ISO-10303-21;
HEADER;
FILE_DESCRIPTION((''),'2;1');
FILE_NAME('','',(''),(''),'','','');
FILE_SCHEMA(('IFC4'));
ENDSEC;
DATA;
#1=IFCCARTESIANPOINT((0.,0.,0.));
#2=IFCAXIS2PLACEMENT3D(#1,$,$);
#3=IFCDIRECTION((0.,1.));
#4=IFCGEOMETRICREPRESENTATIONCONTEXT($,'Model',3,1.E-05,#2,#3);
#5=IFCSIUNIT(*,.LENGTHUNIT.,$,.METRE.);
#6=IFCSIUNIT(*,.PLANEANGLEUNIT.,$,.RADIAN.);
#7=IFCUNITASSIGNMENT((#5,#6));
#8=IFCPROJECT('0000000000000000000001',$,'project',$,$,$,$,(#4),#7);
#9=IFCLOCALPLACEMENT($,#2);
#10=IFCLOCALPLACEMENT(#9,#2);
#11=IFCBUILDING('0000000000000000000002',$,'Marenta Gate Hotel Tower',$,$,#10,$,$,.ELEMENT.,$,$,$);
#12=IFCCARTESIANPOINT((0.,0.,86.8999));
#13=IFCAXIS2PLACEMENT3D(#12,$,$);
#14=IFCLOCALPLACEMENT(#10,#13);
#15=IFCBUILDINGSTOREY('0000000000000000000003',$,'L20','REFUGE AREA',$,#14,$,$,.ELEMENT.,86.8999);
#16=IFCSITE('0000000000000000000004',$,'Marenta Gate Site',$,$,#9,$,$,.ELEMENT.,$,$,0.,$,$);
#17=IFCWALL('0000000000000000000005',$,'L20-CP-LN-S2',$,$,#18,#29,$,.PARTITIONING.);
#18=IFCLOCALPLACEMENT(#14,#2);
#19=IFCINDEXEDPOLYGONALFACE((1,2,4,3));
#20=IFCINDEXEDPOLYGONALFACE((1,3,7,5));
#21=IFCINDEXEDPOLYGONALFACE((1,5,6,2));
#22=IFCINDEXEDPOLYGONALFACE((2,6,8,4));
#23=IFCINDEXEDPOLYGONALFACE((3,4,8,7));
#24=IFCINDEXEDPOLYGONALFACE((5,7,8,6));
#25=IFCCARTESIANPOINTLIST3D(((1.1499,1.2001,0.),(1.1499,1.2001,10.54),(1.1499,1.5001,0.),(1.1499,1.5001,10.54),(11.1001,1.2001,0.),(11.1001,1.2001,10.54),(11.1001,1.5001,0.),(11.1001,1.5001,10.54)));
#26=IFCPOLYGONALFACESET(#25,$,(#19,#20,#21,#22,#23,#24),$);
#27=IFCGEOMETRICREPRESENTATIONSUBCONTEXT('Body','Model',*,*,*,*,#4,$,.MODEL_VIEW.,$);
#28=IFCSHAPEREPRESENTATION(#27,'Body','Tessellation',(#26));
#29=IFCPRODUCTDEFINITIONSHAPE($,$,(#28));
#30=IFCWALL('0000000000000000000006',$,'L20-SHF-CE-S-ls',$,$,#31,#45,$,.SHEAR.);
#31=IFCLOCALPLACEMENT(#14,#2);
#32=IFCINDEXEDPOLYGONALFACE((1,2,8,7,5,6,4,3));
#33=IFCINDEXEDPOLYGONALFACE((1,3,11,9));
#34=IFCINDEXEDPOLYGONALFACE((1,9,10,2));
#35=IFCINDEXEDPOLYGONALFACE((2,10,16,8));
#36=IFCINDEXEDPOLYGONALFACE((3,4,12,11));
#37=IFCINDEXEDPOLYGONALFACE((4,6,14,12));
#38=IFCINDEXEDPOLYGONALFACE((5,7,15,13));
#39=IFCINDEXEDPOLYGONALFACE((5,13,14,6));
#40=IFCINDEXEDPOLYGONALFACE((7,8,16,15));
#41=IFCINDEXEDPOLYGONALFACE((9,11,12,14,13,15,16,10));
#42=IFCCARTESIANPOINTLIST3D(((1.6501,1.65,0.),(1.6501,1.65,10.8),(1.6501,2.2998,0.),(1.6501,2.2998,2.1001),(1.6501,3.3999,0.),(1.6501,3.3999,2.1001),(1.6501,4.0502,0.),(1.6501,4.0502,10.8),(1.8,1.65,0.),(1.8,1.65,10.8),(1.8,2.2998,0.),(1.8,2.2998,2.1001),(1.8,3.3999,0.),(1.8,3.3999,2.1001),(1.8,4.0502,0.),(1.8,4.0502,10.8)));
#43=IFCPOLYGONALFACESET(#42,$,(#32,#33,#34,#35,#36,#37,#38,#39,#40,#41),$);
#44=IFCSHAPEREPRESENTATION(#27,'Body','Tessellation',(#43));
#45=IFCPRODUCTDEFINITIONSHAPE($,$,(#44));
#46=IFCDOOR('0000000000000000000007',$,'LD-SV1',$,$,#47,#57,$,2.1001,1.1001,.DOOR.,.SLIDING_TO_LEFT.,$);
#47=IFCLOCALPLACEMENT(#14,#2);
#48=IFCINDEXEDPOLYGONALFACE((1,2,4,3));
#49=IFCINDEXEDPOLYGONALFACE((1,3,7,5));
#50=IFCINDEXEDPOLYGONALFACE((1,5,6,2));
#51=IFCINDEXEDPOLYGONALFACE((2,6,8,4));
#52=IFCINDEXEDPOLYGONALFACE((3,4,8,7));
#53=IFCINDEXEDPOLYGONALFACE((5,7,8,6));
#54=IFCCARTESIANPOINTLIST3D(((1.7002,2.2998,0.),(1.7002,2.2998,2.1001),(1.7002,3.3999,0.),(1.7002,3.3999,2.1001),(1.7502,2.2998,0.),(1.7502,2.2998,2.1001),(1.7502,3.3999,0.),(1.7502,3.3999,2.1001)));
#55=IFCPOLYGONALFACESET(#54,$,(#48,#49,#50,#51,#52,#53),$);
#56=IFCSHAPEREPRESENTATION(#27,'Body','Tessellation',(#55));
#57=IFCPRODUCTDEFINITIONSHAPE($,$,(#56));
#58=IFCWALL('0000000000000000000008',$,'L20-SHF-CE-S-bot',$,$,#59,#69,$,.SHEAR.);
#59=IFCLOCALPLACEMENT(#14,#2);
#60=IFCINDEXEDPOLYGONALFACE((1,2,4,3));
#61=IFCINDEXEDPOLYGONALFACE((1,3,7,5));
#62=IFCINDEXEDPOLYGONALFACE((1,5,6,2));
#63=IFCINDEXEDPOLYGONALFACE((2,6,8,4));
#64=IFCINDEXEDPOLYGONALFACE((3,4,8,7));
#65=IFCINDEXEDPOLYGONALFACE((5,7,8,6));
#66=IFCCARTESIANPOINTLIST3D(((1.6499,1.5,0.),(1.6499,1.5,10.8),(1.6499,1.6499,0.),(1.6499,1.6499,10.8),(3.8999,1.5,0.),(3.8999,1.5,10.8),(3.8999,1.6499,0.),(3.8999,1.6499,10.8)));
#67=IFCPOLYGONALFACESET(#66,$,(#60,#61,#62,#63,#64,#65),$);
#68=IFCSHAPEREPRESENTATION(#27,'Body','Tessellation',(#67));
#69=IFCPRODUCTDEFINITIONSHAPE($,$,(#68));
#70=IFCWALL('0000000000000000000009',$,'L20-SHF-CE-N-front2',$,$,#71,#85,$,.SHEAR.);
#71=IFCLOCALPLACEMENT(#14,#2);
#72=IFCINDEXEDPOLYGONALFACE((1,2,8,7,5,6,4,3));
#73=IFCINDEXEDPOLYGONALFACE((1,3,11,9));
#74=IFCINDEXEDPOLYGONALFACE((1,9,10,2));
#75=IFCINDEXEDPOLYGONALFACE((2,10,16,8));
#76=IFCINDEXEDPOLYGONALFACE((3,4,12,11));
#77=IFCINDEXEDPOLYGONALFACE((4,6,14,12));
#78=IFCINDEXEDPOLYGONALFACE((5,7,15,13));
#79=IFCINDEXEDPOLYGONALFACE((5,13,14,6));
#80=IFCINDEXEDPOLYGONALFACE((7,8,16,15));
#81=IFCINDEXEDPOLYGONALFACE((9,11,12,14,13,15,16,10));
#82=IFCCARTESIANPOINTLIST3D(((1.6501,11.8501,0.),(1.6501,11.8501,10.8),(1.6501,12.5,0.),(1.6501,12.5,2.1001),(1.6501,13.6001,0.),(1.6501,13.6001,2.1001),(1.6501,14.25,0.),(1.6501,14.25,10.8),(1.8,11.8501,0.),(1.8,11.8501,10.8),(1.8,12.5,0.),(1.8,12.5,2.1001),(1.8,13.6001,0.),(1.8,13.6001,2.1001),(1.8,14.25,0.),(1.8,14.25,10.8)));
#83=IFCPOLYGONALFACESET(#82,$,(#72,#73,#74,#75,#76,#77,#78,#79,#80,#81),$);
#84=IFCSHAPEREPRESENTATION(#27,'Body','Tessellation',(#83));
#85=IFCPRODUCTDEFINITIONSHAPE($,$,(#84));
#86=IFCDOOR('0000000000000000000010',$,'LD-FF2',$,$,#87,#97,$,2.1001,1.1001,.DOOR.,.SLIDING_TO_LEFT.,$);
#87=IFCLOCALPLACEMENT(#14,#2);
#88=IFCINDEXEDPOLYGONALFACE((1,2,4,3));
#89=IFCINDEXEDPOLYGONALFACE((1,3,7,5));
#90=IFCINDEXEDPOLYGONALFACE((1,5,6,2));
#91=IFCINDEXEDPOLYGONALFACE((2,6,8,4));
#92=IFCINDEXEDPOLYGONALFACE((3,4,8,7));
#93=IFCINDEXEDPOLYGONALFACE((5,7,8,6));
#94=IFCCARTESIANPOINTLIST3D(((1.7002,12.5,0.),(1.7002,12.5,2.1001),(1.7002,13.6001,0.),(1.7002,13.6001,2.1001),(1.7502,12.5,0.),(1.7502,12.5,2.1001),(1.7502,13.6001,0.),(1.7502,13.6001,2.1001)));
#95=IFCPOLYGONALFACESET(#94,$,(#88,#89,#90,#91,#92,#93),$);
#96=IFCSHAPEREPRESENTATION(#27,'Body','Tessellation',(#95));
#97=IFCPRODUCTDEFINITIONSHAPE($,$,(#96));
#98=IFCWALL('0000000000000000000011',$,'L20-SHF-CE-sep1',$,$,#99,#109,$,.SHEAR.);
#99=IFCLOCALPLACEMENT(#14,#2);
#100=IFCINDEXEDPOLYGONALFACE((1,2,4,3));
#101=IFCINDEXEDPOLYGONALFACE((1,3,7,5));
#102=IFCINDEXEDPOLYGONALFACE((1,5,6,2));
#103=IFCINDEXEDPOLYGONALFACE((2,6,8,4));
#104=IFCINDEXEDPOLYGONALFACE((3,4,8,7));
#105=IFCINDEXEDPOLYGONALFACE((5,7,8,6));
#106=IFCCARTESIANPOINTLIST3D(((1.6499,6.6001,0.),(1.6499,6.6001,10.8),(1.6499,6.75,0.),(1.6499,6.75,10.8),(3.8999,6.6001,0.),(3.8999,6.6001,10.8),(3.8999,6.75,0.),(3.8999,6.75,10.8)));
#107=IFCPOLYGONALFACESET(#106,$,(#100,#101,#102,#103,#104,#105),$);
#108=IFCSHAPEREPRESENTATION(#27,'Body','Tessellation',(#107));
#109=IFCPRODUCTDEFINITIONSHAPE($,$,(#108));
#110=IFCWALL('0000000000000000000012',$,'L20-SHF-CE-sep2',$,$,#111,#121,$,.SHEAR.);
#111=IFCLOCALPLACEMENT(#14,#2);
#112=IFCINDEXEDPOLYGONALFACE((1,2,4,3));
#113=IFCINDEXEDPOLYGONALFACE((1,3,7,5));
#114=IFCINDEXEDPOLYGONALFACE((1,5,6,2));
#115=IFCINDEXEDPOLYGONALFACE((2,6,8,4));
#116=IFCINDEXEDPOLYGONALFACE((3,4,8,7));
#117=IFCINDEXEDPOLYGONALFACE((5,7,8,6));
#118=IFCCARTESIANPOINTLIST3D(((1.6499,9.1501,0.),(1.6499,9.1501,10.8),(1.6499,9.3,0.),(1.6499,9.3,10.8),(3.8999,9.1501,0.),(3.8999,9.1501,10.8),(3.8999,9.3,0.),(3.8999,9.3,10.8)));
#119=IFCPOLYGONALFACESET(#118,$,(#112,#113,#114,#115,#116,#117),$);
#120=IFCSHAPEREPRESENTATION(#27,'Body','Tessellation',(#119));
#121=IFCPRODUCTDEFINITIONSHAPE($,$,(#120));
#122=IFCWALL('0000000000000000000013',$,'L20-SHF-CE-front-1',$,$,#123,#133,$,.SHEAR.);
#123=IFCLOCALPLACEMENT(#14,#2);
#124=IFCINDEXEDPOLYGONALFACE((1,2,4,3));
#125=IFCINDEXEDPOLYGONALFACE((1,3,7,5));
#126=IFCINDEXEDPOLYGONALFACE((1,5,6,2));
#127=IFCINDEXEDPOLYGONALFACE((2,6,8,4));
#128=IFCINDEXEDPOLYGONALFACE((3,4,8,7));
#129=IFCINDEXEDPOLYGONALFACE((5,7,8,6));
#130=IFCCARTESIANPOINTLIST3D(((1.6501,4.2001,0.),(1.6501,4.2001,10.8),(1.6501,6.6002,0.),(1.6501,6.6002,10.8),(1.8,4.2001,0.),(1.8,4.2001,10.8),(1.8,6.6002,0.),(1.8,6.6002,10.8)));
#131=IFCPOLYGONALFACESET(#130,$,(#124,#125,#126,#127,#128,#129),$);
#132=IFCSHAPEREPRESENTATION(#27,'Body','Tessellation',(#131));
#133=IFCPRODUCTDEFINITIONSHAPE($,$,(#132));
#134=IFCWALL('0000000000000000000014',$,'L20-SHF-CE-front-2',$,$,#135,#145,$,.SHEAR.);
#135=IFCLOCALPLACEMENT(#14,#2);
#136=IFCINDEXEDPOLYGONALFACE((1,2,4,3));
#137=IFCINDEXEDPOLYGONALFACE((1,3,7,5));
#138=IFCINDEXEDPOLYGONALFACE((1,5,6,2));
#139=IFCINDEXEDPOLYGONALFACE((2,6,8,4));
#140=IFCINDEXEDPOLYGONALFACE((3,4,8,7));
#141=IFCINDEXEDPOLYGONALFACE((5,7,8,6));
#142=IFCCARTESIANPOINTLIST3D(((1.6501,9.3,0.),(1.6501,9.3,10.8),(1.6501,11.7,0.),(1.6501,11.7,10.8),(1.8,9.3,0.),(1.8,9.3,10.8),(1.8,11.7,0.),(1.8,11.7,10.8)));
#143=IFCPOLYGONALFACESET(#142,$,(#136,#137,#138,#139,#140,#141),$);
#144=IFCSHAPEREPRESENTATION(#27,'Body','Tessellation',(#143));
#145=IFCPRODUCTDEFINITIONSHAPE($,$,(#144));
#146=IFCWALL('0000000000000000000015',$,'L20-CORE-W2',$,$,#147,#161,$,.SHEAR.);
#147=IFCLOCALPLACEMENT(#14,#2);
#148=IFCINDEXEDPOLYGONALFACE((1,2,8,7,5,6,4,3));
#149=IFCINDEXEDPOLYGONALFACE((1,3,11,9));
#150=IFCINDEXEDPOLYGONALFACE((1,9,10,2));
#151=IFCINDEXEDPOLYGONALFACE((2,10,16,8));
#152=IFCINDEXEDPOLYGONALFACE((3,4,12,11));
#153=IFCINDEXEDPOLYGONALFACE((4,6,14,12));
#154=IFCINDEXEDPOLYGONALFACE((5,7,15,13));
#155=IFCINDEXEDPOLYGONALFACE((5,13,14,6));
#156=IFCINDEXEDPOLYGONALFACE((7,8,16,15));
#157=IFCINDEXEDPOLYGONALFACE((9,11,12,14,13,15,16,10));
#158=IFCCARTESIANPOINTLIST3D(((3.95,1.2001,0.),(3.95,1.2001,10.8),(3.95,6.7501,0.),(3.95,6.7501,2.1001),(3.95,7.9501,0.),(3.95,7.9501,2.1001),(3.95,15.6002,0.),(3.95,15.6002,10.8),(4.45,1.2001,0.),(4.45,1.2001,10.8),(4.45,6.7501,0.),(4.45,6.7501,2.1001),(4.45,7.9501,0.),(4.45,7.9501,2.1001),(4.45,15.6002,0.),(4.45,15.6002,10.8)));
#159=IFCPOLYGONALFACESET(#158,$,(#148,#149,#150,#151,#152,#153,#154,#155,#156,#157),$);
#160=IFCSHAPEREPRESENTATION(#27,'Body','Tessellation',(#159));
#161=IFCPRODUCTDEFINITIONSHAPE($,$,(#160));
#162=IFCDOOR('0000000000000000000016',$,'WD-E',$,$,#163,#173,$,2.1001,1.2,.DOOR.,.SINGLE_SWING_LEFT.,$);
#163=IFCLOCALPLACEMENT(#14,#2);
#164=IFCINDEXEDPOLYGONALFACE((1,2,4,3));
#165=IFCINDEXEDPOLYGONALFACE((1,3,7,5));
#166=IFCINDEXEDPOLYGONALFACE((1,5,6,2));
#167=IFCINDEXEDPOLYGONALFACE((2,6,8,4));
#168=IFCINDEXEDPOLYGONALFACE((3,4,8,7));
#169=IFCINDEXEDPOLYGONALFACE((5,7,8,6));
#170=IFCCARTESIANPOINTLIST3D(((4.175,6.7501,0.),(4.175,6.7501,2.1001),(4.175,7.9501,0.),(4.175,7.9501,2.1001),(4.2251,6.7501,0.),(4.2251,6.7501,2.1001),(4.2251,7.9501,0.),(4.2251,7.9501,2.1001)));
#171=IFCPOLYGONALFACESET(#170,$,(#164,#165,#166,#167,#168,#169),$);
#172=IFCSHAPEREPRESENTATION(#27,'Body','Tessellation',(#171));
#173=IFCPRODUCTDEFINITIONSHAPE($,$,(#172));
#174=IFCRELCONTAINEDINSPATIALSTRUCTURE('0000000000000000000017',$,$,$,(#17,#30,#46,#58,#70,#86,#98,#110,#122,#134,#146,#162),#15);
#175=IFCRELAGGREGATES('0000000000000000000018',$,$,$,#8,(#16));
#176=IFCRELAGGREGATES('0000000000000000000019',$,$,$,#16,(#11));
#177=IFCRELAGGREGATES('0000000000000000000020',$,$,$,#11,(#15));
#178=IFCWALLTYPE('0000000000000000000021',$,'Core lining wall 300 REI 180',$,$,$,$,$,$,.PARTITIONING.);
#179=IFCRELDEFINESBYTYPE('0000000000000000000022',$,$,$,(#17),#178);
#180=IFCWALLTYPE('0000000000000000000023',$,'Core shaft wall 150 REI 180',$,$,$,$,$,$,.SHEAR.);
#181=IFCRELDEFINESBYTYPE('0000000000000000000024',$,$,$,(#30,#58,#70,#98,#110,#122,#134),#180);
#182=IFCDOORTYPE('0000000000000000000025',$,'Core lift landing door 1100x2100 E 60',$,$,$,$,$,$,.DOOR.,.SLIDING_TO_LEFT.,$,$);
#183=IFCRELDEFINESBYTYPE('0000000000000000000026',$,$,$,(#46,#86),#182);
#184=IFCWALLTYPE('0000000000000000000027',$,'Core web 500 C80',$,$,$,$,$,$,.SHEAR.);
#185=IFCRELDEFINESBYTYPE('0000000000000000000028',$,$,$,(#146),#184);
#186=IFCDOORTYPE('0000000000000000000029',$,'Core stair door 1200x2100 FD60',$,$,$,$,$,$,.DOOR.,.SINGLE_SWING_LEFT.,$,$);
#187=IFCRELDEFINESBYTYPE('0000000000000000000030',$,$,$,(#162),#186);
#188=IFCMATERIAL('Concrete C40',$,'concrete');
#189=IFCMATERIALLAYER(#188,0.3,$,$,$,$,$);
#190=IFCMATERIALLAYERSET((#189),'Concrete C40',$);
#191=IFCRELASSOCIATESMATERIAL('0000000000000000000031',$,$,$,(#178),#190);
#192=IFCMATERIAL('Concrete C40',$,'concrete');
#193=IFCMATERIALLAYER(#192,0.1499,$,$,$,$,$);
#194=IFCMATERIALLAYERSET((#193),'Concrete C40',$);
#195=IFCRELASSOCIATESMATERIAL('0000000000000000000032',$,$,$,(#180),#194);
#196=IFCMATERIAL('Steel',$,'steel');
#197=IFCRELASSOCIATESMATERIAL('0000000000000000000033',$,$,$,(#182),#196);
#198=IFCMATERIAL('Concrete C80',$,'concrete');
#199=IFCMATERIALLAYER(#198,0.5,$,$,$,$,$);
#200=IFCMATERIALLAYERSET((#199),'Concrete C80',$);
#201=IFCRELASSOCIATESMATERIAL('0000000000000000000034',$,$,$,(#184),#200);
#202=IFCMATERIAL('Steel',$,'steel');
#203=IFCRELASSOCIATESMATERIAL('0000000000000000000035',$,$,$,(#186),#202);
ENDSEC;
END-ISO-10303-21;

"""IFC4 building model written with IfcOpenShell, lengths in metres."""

from ifc_helpers import new_model, si_unit, direction, frame, frame_2d, origin, place, context, subcontext, project, spatial, rectangle, extrude, material, layer, layer_set, type_object, element, fill, save


model = new_model("IFC4")

# Units and contexts
model_context = context("Model", 3, precision=1e-05, world=origin(), true_north=direction((0.0, 1.0)))
body_context = subcontext(model_context, "Body", "Model", "MODEL_VIEW")
ifc_project = project(units=[si_unit("LENGTHUNIT", "METRE"), si_unit("PLANEANGLEUNIT", "RADIAN")], contexts=[model_context])

# Site, building, storey
site_placement = place(None, origin())
site = spatial("IfcSite", under=ifc_project, at=site_placement, Name="Marenta Gate Site", CompositionType="ELEMENT", RefElevation=0.0)
building_placement = place(site_placement, origin())
building = spatial("IfcBuilding", under=site, at=building_placement, Name="Marenta Gate Hotel Tower", CompositionType="ELEMENT")
storey_placement = place(building_placement, frame((0.0, 0.0, 86.8999)))
storey = spatial("IfcBuildingStorey", under=building, at=storey_placement, Name="L20", Description="REFUGE AREA", CompositionType="ELEMENT", Elevation=86.8999)

# Wall
ifc_material_1 = material(Name="Concrete C40", Category="concrete")
ifc_layer_1 = layer(ifc_material_1, 0.3)
ifc_layer_set_1 = layer_set([ifc_layer_1], Name="Concrete C40")
wall_type_1 = type_object("IfcWallType", Name="Core lining wall 300 REI 180", PredefinedType="PARTITIONING", material=ifc_layer_set_1)
wall_1_placement = place(storey_placement, frame((1.1499, 1.3501, 0.0), z_axis=(0.0, 0.0, 1.0), x_axis=(1.0, 0.0, 0.0)))
element("IfcWall", 1, at=wall_1_placement, inside=storey, type_object=wall_type_1, Name="L20-CP-LN-S2", PredefinedType="PARTITIONING", context=body_context, shape_type="SweptSolid", body=[
    extrude(rectangle(XDim=9.9502, YDim=0.3, at=frame_2d((4.9751, 0.0))), origin(), (0.0, 0.0, 1.0), 10.54),
])

# Wall, opening, door
ifc_material_2 = material(Name="Concrete C40", Category="concrete")
ifc_layer_2 = layer(ifc_material_2, 0.1499)
ifc_layer_set_2 = layer_set([ifc_layer_2], Name="Concrete C40")
wall_type_2 = type_object("IfcWallType", Name="Core shaft wall 150 REI 180", PredefinedType="SHEAR", material=ifc_layer_set_2)
wall_2_placement = place(storey_placement, frame((1.7251, 1.6499, 0.0), z_axis=(0.0, 0.0, 1.0), x_axis=(0.0, 1.0, 0.0)))
wall_2 = element("IfcWall", 2, at=wall_2_placement, inside=storey, type_object=wall_type_2, Name="L20-SHF-CE-S-ls", PredefinedType="SHEAR", context=body_context, shape_type="SweptSolid", body=[
    extrude(rectangle(XDim=2.4001, YDim=0.1499, at=frame_2d((1.2002, 0.0))), origin(), (0.0, 0.0, 1.0), 10.8),
])
opening_1_placement = place(wall_2_placement, frame((0.6499, 0.0, 0.0)))
opening_1 = element("IfcOpeningElement", 3, at=opening_1_placement, cuts=wall_2, PredefinedType="OPENING", context=body_context, shape_type="SweptSolid", body=[
    extrude(rectangle(XDim=1.1001, YDim=2.1001, at=frame_2d((0.55, 1.05))), frame((0.0, 0.075, 0.0), z_axis=(0.0, -1.0, 0.0), x_axis=(1.0, 0.0, 0.0)), (0.0, 0.0, 1.0), 0.1499),
])
ifc_material_3 = material(Name="Steel", Category="steel")
door_type_1 = type_object("IfcDoorType", Name="Core lift landing door 1100x2100 E 60", OperationType="SLIDING_TO_LEFT", PredefinedType="DOOR", material=ifc_material_3)
door_1_placement = place(opening_1_placement, origin())
door_1 = element("IfcDoor", 4, at=door_1_placement, inside=storey, type_object=door_type_1, Name="LD-SV1", OperationType="SLIDING_TO_LEFT", OverallHeight=2.1001, OverallWidth=1.1001, PredefinedType="DOOR", context=body_context, shape_type="SweptSolid", body=[
    extrude(rectangle(XDim=1.1001, YDim=2.1001, at=frame_2d((0.55, 1.05))), frame((0.0, 0.0249, 0.0), z_axis=(0.0, -1.0, 0.0), x_axis=(1.0, 0.0, 0.0)), (0.0, 0.0, 1.0), 0.05),
])
fill(opening_1, door_1)

# Wall
wall_3_placement = place(storey_placement, frame((1.6499, 1.575, 0.0), z_axis=(0.0, 0.0, 1.0), x_axis=(1.0, 0.0, 0.0)))
element("IfcWall", 5, at=wall_3_placement, inside=storey, type_object=wall_type_2, Name="L20-SHF-CE-S-bot", PredefinedType="SHEAR", context=body_context, shape_type="SweptSolid", body=[
    extrude(rectangle(XDim=2.25, YDim=0.1499, at=frame_2d((1.125, 0.0))), origin(), (0.0, 0.0, 1.0), 10.8),
])

# Wall, opening, door
wall_4_placement = place(storey_placement, frame((1.7251, 11.8501, 0.0), z_axis=(0.0, 0.0, 1.0), x_axis=(0.0, 1.0, 0.0)))
wall_4 = element("IfcWall", 6, at=wall_4_placement, inside=storey, type_object=wall_type_2, Name="L20-SHF-CE-N-front2", PredefinedType="SHEAR", context=body_context, shape_type="SweptSolid", body=[
    extrude(rectangle(XDim=2.3999, YDim=0.1499, at=frame_2d((1.2, 0.0))), origin(), (0.0, 0.0, 1.0), 10.8),
])
opening_2_placement = place(wall_4_placement, frame((0.6499, 0.0, 0.0)))
opening_2 = element("IfcOpeningElement", 7, at=opening_2_placement, cuts=wall_4, PredefinedType="OPENING", context=body_context, shape_type="SweptSolid", body=[
    extrude(rectangle(XDim=1.1001, YDim=2.1001, at=frame_2d((0.55, 1.05))), frame((0.0, 0.075, 0.0), z_axis=(0.0, -1.0, 0.0), x_axis=(1.0, 0.0, 0.0)), (0.0, 0.0, 1.0), 0.1499),
])
door_2_placement = place(opening_2_placement, origin())
door_2 = element("IfcDoor", 8, at=door_2_placement, inside=storey, type_object=door_type_1, Name="LD-FF2", OperationType="SLIDING_TO_LEFT", OverallHeight=2.1001, OverallWidth=1.1001, PredefinedType="DOOR", context=body_context, shape_type="SweptSolid", body=[
    extrude(rectangle(XDim=1.1001, YDim=2.1001, at=frame_2d((0.55, 1.05))), frame((0.0, 0.0249, 0.0), z_axis=(0.0, -1.0, 0.0), x_axis=(1.0, 0.0, 0.0)), (0.0, 0.0, 1.0), 0.05),
])
fill(opening_2, door_2)

# Walls
for number, where, z_axis, x_axis, name in (
    (9, (1.6499, 6.675, 0.0), (0.0, 0.0, 1.0), (1.0, 0.0, 0.0), "L20-SHF-CE-sep1"),
    (10, (1.6499, 9.2251, 0.0), (0.0, 0.0, 1.0), (1.0, 0.0, 0.0), "L20-SHF-CE-sep2"),
):
    element("IfcWall", number, at=place(storey_placement, frame(where, z_axis=z_axis, x_axis=x_axis)), inside=storey, type_object=wall_type_2, Name=name, PredefinedType="SHEAR", context=body_context, shape_type="SweptSolid", body=[
        extrude(rectangle(XDim=2.25, YDim=0.1499, at=frame_2d((1.125, 0.0))), origin(), (0.0, 0.0, 1.0), 10.8),
    ])
wall_5_placement = place(storey_placement, frame((1.7251, 4.2, 0.0), z_axis=(0.0, 0.0, 1.0), x_axis=(0.0, 1.0, 0.0)))
element("IfcWall", 11, at=wall_5_placement, inside=storey, type_object=wall_type_2, Name="L20-SHF-CE-front-1", PredefinedType="SHEAR", context=body_context, shape_type="SweptSolid", body=[
    extrude(rectangle(XDim=2.4001, YDim=0.1499, at=frame_2d((1.2002, 0.0))), origin(), (0.0, 0.0, 1.0), 10.8),
])
wall_6_placement = place(storey_placement, frame((1.7251, 9.3, 0.0), z_axis=(0.0, 0.0, 1.0), x_axis=(0.0, 1.0, 0.0)))
element("IfcWall", 12, at=wall_6_placement, inside=storey, type_object=wall_type_2, Name="L20-SHF-CE-front-2", PredefinedType="SHEAR", context=body_context, shape_type="SweptSolid", body=[
    extrude(rectangle(XDim=2.3999, YDim=0.1499, at=frame_2d((1.2, 0.0))), origin(), (0.0, 0.0, 1.0), 10.8),
])

# Wall, opening, door
ifc_material_4 = material(Name="Concrete C80", Category="concrete")
ifc_layer_3 = layer(ifc_material_4, 0.5)
ifc_layer_set_3 = layer_set([ifc_layer_3], Name="Concrete C80")
wall_type_3 = type_object("IfcWallType", Name="Core web 500 C80", PredefinedType="SHEAR", material=ifc_layer_set_3)
wall_7_placement = place(storey_placement, frame((4.2, 1.2, 0.0), z_axis=(0.0, 0.0, 1.0), x_axis=(0.0, 1.0, 0.0)))
wall_7 = element("IfcWall", 13, at=wall_7_placement, inside=storey, type_object=wall_type_3, Name="L20-CORE-W2", PredefinedType="SHEAR", context=body_context, shape_type="SweptSolid", body=[
    extrude(rectangle(XDim=14.4001, YDim=0.5, at=frame_2d((7.2002, 0.0))), origin(), (0.0, 0.0, 1.0), 10.8),
])
opening_3_placement = place(wall_7_placement, frame((5.55, 0.0, 0.0)))
opening_3 = element("IfcOpeningElement", 14, at=opening_3_placement, cuts=wall_7, PredefinedType="OPENING", context=body_context, shape_type="SweptSolid", body=[
    extrude(rectangle(XDim=1.2, YDim=2.1001, at=frame_2d((0.6001, 1.05))), frame((0.0, 0.25, 0.0), z_axis=(0.0, -1.0, 0.0), x_axis=(1.0, 0.0, 0.0)), (0.0, 0.0, 1.0), 0.5),
])
ifc_material_5 = material(Name="Steel", Category="steel")
door_type_2 = type_object("IfcDoorType", Name="Core stair door 1200x2100 FD60", OperationType="SINGLE_SWING_LEFT", PredefinedType="DOOR", material=ifc_material_5)
door_3_placement = place(opening_3_placement, origin())
door_3 = element("IfcDoor", 15, at=door_3_placement, inside=storey, type_object=door_type_2, Name="WD-E", OperationType="SINGLE_SWING_LEFT", OverallHeight=2.1001, OverallWidth=1.2, PredefinedType="DOOR", context=body_context, shape_type="SweptSolid", body=[
    extrude(rectangle(XDim=1.2, YDim=2.1001, at=frame_2d((0.6001, 1.05))), frame((0.0, 0.0249, 0.0), z_axis=(0.0, -1.0, 0.0), x_axis=(1.0, 0.0, 0.0)), (0.0, 0.0, 1.0), 0.05),
])
fill(opening_3, door_3)

save(model, "model.ifc")
